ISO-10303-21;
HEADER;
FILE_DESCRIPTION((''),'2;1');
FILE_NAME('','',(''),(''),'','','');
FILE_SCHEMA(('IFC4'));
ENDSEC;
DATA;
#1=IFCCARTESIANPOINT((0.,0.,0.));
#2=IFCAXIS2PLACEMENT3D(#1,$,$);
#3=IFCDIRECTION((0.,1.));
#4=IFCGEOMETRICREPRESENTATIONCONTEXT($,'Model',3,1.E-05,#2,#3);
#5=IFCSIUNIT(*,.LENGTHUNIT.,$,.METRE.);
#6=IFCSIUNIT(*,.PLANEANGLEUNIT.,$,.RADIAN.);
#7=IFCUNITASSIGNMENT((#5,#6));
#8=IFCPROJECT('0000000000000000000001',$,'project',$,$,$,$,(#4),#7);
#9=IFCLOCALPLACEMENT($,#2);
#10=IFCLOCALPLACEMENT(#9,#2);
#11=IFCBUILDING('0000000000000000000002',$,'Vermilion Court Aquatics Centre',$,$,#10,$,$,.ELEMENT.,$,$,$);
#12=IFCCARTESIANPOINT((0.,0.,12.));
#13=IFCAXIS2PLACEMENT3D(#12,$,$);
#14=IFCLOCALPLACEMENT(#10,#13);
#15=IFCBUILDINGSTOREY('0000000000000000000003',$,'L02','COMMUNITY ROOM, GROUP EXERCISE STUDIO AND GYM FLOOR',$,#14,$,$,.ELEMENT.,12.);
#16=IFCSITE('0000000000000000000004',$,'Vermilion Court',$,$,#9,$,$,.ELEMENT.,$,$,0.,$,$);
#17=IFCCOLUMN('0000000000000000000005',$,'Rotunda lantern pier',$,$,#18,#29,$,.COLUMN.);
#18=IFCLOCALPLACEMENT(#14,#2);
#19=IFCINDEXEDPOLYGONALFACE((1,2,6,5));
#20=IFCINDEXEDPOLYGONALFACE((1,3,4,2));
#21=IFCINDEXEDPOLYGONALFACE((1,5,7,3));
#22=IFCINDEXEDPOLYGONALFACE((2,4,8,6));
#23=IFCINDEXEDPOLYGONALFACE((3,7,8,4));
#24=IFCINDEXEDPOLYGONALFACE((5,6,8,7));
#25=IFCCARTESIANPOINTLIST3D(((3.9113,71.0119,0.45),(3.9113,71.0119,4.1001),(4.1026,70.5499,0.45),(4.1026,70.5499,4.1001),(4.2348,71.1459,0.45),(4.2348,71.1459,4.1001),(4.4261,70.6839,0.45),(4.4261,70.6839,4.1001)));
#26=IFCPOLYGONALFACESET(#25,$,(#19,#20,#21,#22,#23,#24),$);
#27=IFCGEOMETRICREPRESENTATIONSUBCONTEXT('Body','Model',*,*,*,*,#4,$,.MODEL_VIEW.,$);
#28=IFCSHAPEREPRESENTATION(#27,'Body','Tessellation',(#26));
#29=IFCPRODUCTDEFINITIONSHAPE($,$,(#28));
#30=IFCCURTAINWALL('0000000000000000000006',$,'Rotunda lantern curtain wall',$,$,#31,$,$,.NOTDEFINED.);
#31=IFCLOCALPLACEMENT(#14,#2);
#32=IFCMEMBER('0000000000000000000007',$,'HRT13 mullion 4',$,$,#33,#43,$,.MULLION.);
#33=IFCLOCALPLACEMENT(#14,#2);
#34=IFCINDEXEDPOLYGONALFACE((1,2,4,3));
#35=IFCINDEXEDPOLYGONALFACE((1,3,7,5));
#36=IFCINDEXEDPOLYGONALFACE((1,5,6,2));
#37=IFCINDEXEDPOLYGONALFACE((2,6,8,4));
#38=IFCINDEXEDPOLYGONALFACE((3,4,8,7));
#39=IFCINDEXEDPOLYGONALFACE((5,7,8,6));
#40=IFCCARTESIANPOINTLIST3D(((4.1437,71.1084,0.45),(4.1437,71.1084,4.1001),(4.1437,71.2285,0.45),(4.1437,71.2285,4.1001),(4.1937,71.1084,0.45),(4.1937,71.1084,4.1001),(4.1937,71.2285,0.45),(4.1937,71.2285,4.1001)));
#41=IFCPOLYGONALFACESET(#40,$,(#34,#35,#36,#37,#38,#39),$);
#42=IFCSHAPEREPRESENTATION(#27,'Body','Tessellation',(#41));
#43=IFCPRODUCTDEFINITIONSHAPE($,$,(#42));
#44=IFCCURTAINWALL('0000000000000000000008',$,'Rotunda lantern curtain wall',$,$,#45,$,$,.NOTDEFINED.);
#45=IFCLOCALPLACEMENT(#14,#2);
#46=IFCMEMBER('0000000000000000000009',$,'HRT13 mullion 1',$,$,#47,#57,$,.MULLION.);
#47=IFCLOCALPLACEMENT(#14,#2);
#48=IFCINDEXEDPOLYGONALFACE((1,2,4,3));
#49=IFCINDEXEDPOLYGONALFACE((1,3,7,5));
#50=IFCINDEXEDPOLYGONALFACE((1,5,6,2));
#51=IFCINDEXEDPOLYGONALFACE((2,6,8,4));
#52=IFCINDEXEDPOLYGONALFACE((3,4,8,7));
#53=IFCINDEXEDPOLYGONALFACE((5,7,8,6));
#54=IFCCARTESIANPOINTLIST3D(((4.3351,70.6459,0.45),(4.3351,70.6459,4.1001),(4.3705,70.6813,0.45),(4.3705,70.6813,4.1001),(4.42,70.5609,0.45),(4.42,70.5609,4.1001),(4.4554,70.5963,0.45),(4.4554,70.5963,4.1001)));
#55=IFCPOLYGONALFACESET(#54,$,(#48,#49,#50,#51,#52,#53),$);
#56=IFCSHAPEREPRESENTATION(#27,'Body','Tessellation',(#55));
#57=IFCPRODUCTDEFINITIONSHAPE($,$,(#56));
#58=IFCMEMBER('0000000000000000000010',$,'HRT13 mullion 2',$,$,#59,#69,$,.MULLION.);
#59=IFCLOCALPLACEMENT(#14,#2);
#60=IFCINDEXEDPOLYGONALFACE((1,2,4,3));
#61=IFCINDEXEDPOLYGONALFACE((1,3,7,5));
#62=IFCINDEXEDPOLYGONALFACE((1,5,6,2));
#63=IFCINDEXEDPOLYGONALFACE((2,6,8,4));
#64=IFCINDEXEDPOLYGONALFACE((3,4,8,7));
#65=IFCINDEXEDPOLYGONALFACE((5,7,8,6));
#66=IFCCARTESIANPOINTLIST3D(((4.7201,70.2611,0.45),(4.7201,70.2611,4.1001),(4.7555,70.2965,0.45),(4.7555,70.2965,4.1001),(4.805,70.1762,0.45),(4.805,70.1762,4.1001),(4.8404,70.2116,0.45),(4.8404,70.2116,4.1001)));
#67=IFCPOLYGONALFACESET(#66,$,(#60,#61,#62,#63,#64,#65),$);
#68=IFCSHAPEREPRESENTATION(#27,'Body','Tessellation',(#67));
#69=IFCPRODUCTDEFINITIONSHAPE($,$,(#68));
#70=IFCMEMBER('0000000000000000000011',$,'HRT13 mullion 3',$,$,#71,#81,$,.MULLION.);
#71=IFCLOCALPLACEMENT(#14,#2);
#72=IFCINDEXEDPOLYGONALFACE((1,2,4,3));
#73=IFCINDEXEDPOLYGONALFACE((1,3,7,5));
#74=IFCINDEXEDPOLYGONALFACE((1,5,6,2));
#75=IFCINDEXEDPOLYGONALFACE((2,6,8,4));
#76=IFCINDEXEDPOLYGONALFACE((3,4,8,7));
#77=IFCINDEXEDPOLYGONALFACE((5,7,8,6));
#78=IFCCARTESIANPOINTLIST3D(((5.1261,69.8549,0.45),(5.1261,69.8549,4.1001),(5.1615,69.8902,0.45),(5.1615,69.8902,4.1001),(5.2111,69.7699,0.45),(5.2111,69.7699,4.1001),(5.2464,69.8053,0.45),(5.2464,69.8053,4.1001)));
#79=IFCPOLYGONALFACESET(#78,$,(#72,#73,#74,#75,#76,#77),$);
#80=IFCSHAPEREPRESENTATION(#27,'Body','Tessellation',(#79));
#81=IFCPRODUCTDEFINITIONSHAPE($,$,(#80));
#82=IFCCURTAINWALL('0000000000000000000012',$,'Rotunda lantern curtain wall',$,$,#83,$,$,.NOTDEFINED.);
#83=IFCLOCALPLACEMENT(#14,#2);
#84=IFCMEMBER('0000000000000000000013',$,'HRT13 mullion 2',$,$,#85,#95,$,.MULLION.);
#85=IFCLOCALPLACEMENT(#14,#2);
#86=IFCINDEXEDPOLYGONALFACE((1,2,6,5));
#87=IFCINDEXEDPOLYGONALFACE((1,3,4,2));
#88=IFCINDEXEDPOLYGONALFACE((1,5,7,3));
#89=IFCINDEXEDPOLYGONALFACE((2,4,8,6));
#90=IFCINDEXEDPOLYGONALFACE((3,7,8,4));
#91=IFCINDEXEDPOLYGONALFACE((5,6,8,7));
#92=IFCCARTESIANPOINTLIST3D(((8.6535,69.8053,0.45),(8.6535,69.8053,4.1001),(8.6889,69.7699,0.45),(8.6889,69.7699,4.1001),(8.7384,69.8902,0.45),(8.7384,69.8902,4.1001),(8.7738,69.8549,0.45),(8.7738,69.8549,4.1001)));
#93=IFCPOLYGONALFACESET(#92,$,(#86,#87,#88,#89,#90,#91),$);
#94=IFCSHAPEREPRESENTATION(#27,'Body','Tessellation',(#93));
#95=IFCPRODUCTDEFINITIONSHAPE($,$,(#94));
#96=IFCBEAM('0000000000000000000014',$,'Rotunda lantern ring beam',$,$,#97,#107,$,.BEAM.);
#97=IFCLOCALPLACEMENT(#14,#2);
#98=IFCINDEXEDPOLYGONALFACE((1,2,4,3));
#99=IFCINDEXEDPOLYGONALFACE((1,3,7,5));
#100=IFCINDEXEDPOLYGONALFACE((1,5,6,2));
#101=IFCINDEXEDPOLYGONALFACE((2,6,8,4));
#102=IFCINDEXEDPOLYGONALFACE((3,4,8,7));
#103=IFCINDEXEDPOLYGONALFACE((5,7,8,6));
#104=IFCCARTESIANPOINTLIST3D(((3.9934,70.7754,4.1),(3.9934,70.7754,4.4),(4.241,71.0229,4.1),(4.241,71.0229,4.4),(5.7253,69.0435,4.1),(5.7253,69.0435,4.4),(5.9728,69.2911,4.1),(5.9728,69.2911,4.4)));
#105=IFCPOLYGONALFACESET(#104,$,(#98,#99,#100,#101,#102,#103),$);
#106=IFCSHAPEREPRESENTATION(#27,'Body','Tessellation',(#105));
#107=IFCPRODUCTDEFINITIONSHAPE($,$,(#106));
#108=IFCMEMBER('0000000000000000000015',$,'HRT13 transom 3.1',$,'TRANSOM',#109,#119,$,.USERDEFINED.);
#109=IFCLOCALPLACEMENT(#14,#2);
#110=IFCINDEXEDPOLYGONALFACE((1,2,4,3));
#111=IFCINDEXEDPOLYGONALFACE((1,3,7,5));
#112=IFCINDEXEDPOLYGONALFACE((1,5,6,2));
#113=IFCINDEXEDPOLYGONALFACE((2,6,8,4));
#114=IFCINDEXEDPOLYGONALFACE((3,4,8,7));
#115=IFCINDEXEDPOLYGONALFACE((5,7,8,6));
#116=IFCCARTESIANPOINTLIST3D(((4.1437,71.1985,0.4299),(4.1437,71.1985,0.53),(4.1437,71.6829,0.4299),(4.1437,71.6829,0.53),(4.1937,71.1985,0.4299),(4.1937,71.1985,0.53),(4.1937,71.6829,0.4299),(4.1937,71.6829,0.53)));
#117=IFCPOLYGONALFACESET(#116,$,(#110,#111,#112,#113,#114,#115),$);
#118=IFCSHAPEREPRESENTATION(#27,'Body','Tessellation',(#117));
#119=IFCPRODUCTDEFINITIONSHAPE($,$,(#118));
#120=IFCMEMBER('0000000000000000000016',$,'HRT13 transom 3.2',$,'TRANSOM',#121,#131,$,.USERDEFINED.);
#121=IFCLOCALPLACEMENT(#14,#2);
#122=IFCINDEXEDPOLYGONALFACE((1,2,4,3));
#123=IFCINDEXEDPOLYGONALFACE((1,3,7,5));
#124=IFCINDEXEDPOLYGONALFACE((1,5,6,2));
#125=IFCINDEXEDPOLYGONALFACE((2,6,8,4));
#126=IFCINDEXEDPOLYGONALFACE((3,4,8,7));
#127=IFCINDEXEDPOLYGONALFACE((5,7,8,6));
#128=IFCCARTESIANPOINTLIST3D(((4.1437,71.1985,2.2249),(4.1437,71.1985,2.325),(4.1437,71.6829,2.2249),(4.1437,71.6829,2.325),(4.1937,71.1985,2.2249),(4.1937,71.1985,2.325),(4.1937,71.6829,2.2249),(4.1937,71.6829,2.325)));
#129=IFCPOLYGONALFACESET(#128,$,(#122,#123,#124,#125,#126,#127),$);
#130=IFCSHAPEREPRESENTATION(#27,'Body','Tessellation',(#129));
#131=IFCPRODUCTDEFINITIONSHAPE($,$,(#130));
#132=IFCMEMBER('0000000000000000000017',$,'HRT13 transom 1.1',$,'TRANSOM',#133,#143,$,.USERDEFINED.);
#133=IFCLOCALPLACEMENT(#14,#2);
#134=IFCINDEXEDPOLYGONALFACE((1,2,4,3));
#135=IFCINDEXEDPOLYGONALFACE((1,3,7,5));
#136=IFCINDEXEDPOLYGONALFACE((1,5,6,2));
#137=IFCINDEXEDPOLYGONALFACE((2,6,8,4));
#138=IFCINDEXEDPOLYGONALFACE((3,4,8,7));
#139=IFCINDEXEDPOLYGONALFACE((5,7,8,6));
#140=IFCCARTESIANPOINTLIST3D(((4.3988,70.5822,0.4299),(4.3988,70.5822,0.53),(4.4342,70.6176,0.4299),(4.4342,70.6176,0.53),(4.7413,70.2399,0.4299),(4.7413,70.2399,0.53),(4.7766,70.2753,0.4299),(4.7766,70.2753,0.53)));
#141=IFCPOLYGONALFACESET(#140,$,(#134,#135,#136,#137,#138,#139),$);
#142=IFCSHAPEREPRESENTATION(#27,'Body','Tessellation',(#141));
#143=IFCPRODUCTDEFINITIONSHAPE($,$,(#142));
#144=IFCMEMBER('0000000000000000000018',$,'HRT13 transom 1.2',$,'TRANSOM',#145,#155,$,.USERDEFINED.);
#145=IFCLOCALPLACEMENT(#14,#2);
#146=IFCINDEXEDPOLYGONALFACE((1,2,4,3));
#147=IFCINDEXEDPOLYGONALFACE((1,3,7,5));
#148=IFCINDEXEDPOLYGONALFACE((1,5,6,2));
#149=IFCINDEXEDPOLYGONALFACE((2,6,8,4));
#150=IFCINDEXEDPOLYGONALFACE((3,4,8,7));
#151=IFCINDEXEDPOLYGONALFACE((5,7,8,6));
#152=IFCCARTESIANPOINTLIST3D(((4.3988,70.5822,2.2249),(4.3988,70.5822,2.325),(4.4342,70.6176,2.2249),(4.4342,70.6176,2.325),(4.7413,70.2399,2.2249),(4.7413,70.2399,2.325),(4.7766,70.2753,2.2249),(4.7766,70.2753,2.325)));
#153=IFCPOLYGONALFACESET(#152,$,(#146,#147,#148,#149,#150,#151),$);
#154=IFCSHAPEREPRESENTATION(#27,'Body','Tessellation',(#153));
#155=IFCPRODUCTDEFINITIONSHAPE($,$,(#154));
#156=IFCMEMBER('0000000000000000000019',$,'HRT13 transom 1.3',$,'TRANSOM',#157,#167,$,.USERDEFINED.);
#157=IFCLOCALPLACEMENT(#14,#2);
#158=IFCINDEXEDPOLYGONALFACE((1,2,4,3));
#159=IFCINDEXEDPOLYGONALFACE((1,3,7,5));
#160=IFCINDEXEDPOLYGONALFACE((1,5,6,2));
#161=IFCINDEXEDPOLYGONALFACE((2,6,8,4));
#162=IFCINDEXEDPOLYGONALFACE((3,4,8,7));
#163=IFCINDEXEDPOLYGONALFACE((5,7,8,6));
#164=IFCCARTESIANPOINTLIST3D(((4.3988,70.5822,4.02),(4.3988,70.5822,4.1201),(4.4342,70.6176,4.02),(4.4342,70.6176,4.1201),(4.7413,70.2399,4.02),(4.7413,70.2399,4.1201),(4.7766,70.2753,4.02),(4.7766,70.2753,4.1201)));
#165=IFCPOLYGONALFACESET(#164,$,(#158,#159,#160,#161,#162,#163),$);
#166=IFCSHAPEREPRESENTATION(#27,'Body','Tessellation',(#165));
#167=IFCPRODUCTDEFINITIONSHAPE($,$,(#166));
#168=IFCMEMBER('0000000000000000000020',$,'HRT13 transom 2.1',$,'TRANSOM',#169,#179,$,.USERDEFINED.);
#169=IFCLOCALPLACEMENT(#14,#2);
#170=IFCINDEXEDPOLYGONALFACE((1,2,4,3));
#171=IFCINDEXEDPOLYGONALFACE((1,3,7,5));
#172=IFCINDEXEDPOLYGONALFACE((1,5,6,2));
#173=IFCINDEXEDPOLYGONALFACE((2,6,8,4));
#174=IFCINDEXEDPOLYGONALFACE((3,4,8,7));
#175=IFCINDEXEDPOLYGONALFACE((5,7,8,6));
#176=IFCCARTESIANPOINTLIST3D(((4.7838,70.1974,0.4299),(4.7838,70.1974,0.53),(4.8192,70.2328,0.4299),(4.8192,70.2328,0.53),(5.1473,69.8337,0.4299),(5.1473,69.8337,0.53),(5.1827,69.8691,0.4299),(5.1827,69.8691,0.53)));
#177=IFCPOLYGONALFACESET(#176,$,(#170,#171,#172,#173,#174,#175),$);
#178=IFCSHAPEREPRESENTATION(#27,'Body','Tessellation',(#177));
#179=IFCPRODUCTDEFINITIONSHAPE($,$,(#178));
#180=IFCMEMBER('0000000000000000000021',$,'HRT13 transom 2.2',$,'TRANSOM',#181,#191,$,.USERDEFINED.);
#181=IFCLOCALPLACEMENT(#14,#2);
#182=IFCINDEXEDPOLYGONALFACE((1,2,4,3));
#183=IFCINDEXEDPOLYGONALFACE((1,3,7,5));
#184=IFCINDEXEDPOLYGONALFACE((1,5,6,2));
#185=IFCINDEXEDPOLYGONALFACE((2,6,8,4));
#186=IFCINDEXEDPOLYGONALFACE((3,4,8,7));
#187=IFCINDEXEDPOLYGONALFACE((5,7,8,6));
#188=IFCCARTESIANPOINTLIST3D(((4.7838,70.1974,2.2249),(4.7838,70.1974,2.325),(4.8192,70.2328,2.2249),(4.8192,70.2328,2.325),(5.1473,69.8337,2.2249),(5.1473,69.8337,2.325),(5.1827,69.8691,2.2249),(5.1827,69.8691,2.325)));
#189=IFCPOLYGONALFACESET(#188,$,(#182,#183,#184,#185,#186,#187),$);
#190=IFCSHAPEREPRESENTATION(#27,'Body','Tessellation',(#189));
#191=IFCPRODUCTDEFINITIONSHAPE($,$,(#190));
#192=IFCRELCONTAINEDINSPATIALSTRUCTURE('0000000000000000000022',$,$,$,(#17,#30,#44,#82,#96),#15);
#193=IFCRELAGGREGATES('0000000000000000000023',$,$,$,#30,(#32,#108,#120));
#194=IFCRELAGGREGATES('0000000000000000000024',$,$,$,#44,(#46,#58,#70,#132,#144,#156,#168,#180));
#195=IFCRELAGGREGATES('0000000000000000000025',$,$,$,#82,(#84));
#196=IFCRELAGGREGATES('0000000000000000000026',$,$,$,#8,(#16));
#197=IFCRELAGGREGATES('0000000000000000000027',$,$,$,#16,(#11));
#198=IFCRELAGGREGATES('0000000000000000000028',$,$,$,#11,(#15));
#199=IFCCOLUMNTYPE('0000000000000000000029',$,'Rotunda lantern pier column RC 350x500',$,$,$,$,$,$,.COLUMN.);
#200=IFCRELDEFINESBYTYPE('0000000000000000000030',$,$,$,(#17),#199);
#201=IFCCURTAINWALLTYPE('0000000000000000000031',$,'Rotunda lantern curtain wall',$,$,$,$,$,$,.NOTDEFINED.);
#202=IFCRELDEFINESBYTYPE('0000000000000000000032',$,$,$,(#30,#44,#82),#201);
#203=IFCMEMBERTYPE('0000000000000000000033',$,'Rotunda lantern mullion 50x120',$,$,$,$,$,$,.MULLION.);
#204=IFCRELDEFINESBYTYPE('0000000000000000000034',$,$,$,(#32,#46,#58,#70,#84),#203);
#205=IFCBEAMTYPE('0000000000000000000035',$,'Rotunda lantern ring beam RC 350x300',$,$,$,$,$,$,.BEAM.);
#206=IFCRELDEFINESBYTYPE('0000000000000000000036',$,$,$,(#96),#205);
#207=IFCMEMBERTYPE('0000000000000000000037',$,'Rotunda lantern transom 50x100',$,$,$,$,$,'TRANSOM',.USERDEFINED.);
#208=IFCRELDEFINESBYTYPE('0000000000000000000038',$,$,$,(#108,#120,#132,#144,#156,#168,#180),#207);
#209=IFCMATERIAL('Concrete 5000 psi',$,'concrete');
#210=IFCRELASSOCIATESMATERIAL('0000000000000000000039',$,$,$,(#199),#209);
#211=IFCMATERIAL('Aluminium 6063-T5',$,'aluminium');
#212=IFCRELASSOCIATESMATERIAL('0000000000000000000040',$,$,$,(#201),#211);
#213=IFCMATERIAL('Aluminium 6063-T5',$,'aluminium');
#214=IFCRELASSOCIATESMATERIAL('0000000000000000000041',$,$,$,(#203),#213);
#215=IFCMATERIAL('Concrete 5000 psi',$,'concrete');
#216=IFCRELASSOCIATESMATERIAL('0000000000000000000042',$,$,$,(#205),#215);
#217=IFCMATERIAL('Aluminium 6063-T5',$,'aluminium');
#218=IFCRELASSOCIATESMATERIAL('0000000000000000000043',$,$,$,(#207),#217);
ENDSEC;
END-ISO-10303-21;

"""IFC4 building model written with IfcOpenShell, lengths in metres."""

from ifc_helpers import new_model, si_unit, direction, frame, origin, origin_2d, place, context, subcontext, project, spatial, rectangle, extrude, material, material_profile, profile_set, type_object, element, aggregate, save


model = new_model("IFC4")

# Units and contexts
model_context = context("Model", 3, precision=1e-05, world=origin(), true_north=direction((0.0, 1.0)))
body_context = subcontext(model_context, "Body", "Model", "MODEL_VIEW")
ifc_project = project(units=[si_unit("LENGTHUNIT", "METRE"), si_unit("PLANEANGLEUNIT", "RADIAN")], contexts=[model_context])

# Site, building, storey
site_placement = place(None, origin())
site = spatial("IfcSite", under=ifc_project, at=site_placement, Name="Vermilion Court", CompositionType="ELEMENT", RefElevation=0.0)
building_placement = place(site_placement, origin())
building = spatial("IfcBuilding", under=site, at=building_placement, Name="Vermilion Court Aquatics Centre", CompositionType="ELEMENT")
storey_placement = place(building_placement, frame((0.0, 0.0, 12.0)))
storey = spatial("IfcBuildingStorey", under=building, at=storey_placement, Name="L02", Description="COMMUNITY ROOM, GROUP EXERCISE STUDIO AND GYM FLOOR", CompositionType="ELEMENT", Elevation=12.0)

# Column
ifc_material_1 = material(Name="Concrete 5000 psi", Category="concrete")
ifc_material_profile_1 = material_profile(ifc_material_1, rectangle(XDim=0.3501, YDim=0.5, at=origin_2d()), Name="RC 350x500")
ifc_profile_set_1 = profile_set([ifc_material_profile_1], Name="Concrete 5000 psi")
column_type = type_object("IfcColumnType", Name="Rotunda lantern pier column RC 350x500", PredefinedType="COLUMN", material=ifc_profile_set_1)
column_placement = place(storey_placement, frame((4.1687, 70.8479, 0.45), z_axis=(0.0, 0.0, 1.0), x_axis=(-0.92388, -0.382683, 0.0)))
element("IfcColumn", 1, at=column_placement, inside=storey, type_object=column_type, Name="Rotunda lantern pier", PredefinedType="COLUMN", context=body_context, shape_type="SweptSolid", body=[
    extrude(rectangle(XDim=0.3501, YDim=0.5, at=origin_2d()), origin(), (0.0, 0.0, 1.0), 3.6501),
])

# Curtain wall, member
ifc_material_2 = material(Name="Aluminium 6063-T5", Category="aluminium")
curtain_wall_type = type_object("IfcCurtainWallType", Name="Rotunda lantern curtain wall", PredefinedType="NOTDEFINED", material=ifc_material_2)
curtain_wall_1_placement = place(storey_placement, origin())
curtain_wall_1 = element("IfcCurtainWall", 2, at=curtain_wall_1_placement, inside=storey, type_object=curtain_wall_type, Name="Rotunda lantern curtain wall", PredefinedType="NOTDEFINED")
ifc_material_3 = material(Name="Aluminium 6063-T5", Category="aluminium")
ifc_material_profile_2 = material_profile(ifc_material_3, rectangle(XDim=0.05, YDim=0.1201, at=origin_2d()), Name="Aluminium 50x120")
ifc_profile_set_2 = profile_set([ifc_material_profile_2], Name="Aluminium 6063-T5")
member_type_1 = type_object("IfcMemberType", Name="Rotunda lantern mullion 50x120", PredefinedType="MULLION", material=ifc_profile_set_2)
member_1_placement = place(storey_placement, frame((4.1687, 71.1685, 0.45), z_axis=(0.0, 0.0, 1.0), x_axis=(1.0, 0.0, 0.0)))
member_1 = element("IfcMember", 3, at=member_1_placement, type_object=member_type_1, Name="HRT13 mullion 4", PredefinedType="MULLION", context=body_context, shape_type="SweptSolid", body=[
    extrude(rectangle(XDim=0.05, YDim=0.1201, at=origin_2d()), origin(), (0.0, 0.0, 1.0), 3.6501),
])

# Curtain wall, members
curtain_wall_2_placement = place(storey_placement, origin())
curtain_wall_2 = element("IfcCurtainWall", 4, at=curtain_wall_2_placement, inside=storey, type_object=curtain_wall_type, Name="Rotunda lantern curtain wall", PredefinedType="NOTDEFINED")
member_2_placement = place(storey_placement, frame((4.3953, 70.6211, 0.45), z_axis=(0.0, 0.0, 1.0), x_axis=(0.707107, 0.707107, 0.0)))
member_2 = element("IfcMember", 5, at=member_2_placement, type_object=member_type_1, Name="HRT13 mullion 1", PredefinedType="MULLION", context=body_context, shape_type="SweptSolid", body=[
    extrude(rectangle(XDim=0.05, YDim=0.1201, at=origin_2d()), origin(), (0.0, 0.0, 1.0), 3.6501),
])
member_3_placement = place(storey_placement, frame((4.7803, 70.2363, 0.45), z_axis=(0.0, 0.0, 1.0), x_axis=(0.707107, 0.707107, 0.0)))
member_3 = element("IfcMember", 6, at=member_3_placement, type_object=member_type_1, Name="HRT13 mullion 2", PredefinedType="MULLION", context=body_context, shape_type="SweptSolid", body=[
    extrude(rectangle(XDim=0.05, YDim=0.1201, at=origin_2d()), origin(), (0.0, 0.0, 1.0), 3.6501),
])
member_4_placement = place(storey_placement, frame((5.1863, 69.8301, 0.45), z_axis=(0.0, 0.0, 1.0), x_axis=(0.707107, 0.707107, 0.0)))
member_4 = element("IfcMember", 7, at=member_4_placement, type_object=member_type_1, Name="HRT13 mullion 3", PredefinedType="MULLION", context=body_context, shape_type="SweptSolid", body=[
    extrude(rectangle(XDim=0.05, YDim=0.1201, at=origin_2d()), origin(), (0.0, 0.0, 1.0), 3.6501),
])

# Curtain wall, member
curtain_wall_3_placement = place(storey_placement, origin())
curtain_wall_3 = element("IfcCurtainWall", 8, at=curtain_wall_3_placement, inside=storey, type_object=curtain_wall_type, Name="Rotunda lantern curtain wall", PredefinedType="NOTDEFINED")
member_5_placement = place(storey_placement, frame((8.7136, 69.8301, 0.45), z_axis=(0.0, 0.0, 1.0), x_axis=(-0.707107, 0.707107, 0.0)))
member_5 = element("IfcMember", 9, at=member_5_placement, type_object=member_type_1, Name="HRT13 mullion 2", PredefinedType="MULLION", context=body_context, shape_type="SweptSolid", body=[
    extrude(rectangle(XDim=0.05, YDim=0.1201, at=origin_2d()), origin(), (0.0, 0.0, 1.0), 3.6501),
])

# Beam
ifc_material_4 = material(Name="Concrete 5000 psi", Category="concrete")
ifc_material_profile_3 = material_profile(ifc_material_4, rectangle(XDim=0.3501, YDim=0.3, at=origin_2d()), Name="RC 350x300")
ifc_profile_set_3 = profile_set([ifc_material_profile_3], Name="Concrete 5000 psi")
beam_type = type_object("IfcBeamType", Name="Rotunda lantern ring beam RC 350x300", PredefinedType="BEAM", material=ifc_profile_set_3)
beam_placement = place(storey_placement, frame((4.1172, 70.8992, 4.25), z_axis=(0.707107, -0.707107, 0.0), x_axis=(0.707107, 0.707107, 0.0)))
element("IfcBeam", 10, at=beam_placement, inside=storey, type_object=beam_type, Name="Rotunda lantern ring beam", PredefinedType="BEAM", context=body_context, shape_type="SweptSolid", body=[
    extrude(rectangle(XDim=0.3501, YDim=0.3, at=origin_2d()), origin(), (0.0, 0.0, 1.0), 2.4492),
])

# Members
ifc_material_5 = material(Name="Aluminium 6063-T5", Category="aluminium")
ifc_material_profile_4 = material_profile(ifc_material_5, rectangle(XDim=0.05, YDim=0.1001, at=origin_2d()), Name="Aluminium 50x100")
ifc_profile_set_4 = profile_set([ifc_material_profile_4], Name="Aluminium 6063-T5")
member_type_2 = type_object("IfcMemberType", Name="Rotunda lantern transom 50x100", ElementType="TRANSOM", PredefinedType="USERDEFINED", material=ifc_profile_set_4)
member_6_placement = place(storey_placement, frame((4.1687, 71.6829, 0.48), z_axis=(0.0, -1.0, 0.0), x_axis=(1.0, 0.0, 0.0)))
member_6 = element("IfcMember", 11, at=member_6_placement, type_object=member_type_2, Name="HRT13 transom 3.1", ObjectType="TRANSOM", PredefinedType="USERDEFINED", context=body_context, shape_type="SweptSolid", body=[
    extrude(rectangle(XDim=0.05, YDim=0.1001, at=origin_2d()), origin(), (0.0, 0.0, 1.0), 0.4844),
])
member_7_placement = place(storey_placement, frame((4.1687, 71.6829, 2.2749), z_axis=(0.0, -1.0, 0.0), x_axis=(1.0, 0.0, 0.0)))
member_7 = element("IfcMember", 12, at=member_7_placement, type_object=member_type_2, Name="HRT13 transom 3.2", ObjectType="TRANSOM", PredefinedType="USERDEFINED", context=body_context, shape_type="SweptSolid", body=[
    extrude(rectangle(XDim=0.05, YDim=0.1001, at=origin_2d()), origin(), (0.0, 0.0, 1.0), 0.4844),
])
member_8_placement = place(storey_placement, frame((4.4165, 70.5999, 0.48), z_axis=(0.707359, -0.706855, 0.0), x_axis=(0.706855, 0.707359, 0.0)))
member_8 = element("IfcMember", 13, at=member_8_placement, type_object=member_type_2, Name="HRT13 transom 1.1", ObjectType="TRANSOM", PredefinedType="USERDEFINED", context=body_context, shape_type="SweptSolid", body=[
    extrude(rectangle(XDim=0.05, YDim=0.1001, at=origin_2d()), origin(), (0.0, 0.0, 1.0), 0.4841),
])
member_9_placement = place(storey_placement, frame((4.4165, 70.5999, 2.2749), z_axis=(0.707359, -0.706855, 0.0), x_axis=(0.706855, 0.707359, 0.0)))
member_9 = element("IfcMember", 14, at=member_9_placement, type_object=member_type_2, Name="HRT13 transom 1.2", ObjectType="TRANSOM", PredefinedType="USERDEFINED", context=body_context, shape_type="SweptSolid", body=[
    extrude(rectangle(XDim=0.05, YDim=0.1001, at=origin_2d()), origin(), (0.0, 0.0, 1.0), 0.4841),
])
member_10_placement = place(storey_placement, frame((4.4165, 70.5999, 4.0701), z_axis=(0.707359, -0.706855, 0.0), x_axis=(0.706855, 0.707359, 0.0)))
member_10 = element("IfcMember", 15, at=member_10_placement, type_object=member_type_2, Name="HRT13 transom 1.3", ObjectType="TRANSOM", PredefinedType="USERDEFINED", context=body_context, shape_type="SweptSolid", body=[
    extrude(rectangle(XDim=0.05, YDim=0.1001, at=origin_2d()), origin(), (0.0, 0.0, 1.0), 0.4841),
])
member_11_placement = place(storey_placement, frame((4.8015, 70.2151, 0.48), z_axis=(0.706869, -0.707344, 0.0), x_axis=(0.707344, 0.706869, 0.0)))
member_11 = element("IfcMember", 16, at=member_11_placement, type_object=member_type_2, Name="HRT13 transom 2.1", ObjectType="TRANSOM", PredefinedType="USERDEFINED", context=body_context, shape_type="SweptSolid", body=[
    extrude(rectangle(XDim=0.05, YDim=0.1001, at=origin_2d()), origin(), (0.0, 0.0, 1.0), 0.5142),
])
member_12_placement = place(storey_placement, frame((4.8015, 70.2151, 2.2749), z_axis=(0.706869, -0.707344, 0.0), x_axis=(0.707344, 0.706869, 0.0)))
member_12 = element("IfcMember", 17, at=member_12_placement, type_object=member_type_2, Name="HRT13 transom 2.2", ObjectType="TRANSOM", PredefinedType="USERDEFINED", context=body_context, shape_type="SweptSolid", body=[
    extrude(rectangle(XDim=0.05, YDim=0.1001, at=origin_2d()), origin(), (0.0, 0.0, 1.0), 0.5142),
])

aggregate(curtain_wall_1, [member_1, member_6, member_7])
aggregate(curtain_wall_2, [member_2, member_3, member_4, member_8, member_9, member_10, member_11, member_12])
aggregate(curtain_wall_3, [member_5])

save(model, "model.ifc")
